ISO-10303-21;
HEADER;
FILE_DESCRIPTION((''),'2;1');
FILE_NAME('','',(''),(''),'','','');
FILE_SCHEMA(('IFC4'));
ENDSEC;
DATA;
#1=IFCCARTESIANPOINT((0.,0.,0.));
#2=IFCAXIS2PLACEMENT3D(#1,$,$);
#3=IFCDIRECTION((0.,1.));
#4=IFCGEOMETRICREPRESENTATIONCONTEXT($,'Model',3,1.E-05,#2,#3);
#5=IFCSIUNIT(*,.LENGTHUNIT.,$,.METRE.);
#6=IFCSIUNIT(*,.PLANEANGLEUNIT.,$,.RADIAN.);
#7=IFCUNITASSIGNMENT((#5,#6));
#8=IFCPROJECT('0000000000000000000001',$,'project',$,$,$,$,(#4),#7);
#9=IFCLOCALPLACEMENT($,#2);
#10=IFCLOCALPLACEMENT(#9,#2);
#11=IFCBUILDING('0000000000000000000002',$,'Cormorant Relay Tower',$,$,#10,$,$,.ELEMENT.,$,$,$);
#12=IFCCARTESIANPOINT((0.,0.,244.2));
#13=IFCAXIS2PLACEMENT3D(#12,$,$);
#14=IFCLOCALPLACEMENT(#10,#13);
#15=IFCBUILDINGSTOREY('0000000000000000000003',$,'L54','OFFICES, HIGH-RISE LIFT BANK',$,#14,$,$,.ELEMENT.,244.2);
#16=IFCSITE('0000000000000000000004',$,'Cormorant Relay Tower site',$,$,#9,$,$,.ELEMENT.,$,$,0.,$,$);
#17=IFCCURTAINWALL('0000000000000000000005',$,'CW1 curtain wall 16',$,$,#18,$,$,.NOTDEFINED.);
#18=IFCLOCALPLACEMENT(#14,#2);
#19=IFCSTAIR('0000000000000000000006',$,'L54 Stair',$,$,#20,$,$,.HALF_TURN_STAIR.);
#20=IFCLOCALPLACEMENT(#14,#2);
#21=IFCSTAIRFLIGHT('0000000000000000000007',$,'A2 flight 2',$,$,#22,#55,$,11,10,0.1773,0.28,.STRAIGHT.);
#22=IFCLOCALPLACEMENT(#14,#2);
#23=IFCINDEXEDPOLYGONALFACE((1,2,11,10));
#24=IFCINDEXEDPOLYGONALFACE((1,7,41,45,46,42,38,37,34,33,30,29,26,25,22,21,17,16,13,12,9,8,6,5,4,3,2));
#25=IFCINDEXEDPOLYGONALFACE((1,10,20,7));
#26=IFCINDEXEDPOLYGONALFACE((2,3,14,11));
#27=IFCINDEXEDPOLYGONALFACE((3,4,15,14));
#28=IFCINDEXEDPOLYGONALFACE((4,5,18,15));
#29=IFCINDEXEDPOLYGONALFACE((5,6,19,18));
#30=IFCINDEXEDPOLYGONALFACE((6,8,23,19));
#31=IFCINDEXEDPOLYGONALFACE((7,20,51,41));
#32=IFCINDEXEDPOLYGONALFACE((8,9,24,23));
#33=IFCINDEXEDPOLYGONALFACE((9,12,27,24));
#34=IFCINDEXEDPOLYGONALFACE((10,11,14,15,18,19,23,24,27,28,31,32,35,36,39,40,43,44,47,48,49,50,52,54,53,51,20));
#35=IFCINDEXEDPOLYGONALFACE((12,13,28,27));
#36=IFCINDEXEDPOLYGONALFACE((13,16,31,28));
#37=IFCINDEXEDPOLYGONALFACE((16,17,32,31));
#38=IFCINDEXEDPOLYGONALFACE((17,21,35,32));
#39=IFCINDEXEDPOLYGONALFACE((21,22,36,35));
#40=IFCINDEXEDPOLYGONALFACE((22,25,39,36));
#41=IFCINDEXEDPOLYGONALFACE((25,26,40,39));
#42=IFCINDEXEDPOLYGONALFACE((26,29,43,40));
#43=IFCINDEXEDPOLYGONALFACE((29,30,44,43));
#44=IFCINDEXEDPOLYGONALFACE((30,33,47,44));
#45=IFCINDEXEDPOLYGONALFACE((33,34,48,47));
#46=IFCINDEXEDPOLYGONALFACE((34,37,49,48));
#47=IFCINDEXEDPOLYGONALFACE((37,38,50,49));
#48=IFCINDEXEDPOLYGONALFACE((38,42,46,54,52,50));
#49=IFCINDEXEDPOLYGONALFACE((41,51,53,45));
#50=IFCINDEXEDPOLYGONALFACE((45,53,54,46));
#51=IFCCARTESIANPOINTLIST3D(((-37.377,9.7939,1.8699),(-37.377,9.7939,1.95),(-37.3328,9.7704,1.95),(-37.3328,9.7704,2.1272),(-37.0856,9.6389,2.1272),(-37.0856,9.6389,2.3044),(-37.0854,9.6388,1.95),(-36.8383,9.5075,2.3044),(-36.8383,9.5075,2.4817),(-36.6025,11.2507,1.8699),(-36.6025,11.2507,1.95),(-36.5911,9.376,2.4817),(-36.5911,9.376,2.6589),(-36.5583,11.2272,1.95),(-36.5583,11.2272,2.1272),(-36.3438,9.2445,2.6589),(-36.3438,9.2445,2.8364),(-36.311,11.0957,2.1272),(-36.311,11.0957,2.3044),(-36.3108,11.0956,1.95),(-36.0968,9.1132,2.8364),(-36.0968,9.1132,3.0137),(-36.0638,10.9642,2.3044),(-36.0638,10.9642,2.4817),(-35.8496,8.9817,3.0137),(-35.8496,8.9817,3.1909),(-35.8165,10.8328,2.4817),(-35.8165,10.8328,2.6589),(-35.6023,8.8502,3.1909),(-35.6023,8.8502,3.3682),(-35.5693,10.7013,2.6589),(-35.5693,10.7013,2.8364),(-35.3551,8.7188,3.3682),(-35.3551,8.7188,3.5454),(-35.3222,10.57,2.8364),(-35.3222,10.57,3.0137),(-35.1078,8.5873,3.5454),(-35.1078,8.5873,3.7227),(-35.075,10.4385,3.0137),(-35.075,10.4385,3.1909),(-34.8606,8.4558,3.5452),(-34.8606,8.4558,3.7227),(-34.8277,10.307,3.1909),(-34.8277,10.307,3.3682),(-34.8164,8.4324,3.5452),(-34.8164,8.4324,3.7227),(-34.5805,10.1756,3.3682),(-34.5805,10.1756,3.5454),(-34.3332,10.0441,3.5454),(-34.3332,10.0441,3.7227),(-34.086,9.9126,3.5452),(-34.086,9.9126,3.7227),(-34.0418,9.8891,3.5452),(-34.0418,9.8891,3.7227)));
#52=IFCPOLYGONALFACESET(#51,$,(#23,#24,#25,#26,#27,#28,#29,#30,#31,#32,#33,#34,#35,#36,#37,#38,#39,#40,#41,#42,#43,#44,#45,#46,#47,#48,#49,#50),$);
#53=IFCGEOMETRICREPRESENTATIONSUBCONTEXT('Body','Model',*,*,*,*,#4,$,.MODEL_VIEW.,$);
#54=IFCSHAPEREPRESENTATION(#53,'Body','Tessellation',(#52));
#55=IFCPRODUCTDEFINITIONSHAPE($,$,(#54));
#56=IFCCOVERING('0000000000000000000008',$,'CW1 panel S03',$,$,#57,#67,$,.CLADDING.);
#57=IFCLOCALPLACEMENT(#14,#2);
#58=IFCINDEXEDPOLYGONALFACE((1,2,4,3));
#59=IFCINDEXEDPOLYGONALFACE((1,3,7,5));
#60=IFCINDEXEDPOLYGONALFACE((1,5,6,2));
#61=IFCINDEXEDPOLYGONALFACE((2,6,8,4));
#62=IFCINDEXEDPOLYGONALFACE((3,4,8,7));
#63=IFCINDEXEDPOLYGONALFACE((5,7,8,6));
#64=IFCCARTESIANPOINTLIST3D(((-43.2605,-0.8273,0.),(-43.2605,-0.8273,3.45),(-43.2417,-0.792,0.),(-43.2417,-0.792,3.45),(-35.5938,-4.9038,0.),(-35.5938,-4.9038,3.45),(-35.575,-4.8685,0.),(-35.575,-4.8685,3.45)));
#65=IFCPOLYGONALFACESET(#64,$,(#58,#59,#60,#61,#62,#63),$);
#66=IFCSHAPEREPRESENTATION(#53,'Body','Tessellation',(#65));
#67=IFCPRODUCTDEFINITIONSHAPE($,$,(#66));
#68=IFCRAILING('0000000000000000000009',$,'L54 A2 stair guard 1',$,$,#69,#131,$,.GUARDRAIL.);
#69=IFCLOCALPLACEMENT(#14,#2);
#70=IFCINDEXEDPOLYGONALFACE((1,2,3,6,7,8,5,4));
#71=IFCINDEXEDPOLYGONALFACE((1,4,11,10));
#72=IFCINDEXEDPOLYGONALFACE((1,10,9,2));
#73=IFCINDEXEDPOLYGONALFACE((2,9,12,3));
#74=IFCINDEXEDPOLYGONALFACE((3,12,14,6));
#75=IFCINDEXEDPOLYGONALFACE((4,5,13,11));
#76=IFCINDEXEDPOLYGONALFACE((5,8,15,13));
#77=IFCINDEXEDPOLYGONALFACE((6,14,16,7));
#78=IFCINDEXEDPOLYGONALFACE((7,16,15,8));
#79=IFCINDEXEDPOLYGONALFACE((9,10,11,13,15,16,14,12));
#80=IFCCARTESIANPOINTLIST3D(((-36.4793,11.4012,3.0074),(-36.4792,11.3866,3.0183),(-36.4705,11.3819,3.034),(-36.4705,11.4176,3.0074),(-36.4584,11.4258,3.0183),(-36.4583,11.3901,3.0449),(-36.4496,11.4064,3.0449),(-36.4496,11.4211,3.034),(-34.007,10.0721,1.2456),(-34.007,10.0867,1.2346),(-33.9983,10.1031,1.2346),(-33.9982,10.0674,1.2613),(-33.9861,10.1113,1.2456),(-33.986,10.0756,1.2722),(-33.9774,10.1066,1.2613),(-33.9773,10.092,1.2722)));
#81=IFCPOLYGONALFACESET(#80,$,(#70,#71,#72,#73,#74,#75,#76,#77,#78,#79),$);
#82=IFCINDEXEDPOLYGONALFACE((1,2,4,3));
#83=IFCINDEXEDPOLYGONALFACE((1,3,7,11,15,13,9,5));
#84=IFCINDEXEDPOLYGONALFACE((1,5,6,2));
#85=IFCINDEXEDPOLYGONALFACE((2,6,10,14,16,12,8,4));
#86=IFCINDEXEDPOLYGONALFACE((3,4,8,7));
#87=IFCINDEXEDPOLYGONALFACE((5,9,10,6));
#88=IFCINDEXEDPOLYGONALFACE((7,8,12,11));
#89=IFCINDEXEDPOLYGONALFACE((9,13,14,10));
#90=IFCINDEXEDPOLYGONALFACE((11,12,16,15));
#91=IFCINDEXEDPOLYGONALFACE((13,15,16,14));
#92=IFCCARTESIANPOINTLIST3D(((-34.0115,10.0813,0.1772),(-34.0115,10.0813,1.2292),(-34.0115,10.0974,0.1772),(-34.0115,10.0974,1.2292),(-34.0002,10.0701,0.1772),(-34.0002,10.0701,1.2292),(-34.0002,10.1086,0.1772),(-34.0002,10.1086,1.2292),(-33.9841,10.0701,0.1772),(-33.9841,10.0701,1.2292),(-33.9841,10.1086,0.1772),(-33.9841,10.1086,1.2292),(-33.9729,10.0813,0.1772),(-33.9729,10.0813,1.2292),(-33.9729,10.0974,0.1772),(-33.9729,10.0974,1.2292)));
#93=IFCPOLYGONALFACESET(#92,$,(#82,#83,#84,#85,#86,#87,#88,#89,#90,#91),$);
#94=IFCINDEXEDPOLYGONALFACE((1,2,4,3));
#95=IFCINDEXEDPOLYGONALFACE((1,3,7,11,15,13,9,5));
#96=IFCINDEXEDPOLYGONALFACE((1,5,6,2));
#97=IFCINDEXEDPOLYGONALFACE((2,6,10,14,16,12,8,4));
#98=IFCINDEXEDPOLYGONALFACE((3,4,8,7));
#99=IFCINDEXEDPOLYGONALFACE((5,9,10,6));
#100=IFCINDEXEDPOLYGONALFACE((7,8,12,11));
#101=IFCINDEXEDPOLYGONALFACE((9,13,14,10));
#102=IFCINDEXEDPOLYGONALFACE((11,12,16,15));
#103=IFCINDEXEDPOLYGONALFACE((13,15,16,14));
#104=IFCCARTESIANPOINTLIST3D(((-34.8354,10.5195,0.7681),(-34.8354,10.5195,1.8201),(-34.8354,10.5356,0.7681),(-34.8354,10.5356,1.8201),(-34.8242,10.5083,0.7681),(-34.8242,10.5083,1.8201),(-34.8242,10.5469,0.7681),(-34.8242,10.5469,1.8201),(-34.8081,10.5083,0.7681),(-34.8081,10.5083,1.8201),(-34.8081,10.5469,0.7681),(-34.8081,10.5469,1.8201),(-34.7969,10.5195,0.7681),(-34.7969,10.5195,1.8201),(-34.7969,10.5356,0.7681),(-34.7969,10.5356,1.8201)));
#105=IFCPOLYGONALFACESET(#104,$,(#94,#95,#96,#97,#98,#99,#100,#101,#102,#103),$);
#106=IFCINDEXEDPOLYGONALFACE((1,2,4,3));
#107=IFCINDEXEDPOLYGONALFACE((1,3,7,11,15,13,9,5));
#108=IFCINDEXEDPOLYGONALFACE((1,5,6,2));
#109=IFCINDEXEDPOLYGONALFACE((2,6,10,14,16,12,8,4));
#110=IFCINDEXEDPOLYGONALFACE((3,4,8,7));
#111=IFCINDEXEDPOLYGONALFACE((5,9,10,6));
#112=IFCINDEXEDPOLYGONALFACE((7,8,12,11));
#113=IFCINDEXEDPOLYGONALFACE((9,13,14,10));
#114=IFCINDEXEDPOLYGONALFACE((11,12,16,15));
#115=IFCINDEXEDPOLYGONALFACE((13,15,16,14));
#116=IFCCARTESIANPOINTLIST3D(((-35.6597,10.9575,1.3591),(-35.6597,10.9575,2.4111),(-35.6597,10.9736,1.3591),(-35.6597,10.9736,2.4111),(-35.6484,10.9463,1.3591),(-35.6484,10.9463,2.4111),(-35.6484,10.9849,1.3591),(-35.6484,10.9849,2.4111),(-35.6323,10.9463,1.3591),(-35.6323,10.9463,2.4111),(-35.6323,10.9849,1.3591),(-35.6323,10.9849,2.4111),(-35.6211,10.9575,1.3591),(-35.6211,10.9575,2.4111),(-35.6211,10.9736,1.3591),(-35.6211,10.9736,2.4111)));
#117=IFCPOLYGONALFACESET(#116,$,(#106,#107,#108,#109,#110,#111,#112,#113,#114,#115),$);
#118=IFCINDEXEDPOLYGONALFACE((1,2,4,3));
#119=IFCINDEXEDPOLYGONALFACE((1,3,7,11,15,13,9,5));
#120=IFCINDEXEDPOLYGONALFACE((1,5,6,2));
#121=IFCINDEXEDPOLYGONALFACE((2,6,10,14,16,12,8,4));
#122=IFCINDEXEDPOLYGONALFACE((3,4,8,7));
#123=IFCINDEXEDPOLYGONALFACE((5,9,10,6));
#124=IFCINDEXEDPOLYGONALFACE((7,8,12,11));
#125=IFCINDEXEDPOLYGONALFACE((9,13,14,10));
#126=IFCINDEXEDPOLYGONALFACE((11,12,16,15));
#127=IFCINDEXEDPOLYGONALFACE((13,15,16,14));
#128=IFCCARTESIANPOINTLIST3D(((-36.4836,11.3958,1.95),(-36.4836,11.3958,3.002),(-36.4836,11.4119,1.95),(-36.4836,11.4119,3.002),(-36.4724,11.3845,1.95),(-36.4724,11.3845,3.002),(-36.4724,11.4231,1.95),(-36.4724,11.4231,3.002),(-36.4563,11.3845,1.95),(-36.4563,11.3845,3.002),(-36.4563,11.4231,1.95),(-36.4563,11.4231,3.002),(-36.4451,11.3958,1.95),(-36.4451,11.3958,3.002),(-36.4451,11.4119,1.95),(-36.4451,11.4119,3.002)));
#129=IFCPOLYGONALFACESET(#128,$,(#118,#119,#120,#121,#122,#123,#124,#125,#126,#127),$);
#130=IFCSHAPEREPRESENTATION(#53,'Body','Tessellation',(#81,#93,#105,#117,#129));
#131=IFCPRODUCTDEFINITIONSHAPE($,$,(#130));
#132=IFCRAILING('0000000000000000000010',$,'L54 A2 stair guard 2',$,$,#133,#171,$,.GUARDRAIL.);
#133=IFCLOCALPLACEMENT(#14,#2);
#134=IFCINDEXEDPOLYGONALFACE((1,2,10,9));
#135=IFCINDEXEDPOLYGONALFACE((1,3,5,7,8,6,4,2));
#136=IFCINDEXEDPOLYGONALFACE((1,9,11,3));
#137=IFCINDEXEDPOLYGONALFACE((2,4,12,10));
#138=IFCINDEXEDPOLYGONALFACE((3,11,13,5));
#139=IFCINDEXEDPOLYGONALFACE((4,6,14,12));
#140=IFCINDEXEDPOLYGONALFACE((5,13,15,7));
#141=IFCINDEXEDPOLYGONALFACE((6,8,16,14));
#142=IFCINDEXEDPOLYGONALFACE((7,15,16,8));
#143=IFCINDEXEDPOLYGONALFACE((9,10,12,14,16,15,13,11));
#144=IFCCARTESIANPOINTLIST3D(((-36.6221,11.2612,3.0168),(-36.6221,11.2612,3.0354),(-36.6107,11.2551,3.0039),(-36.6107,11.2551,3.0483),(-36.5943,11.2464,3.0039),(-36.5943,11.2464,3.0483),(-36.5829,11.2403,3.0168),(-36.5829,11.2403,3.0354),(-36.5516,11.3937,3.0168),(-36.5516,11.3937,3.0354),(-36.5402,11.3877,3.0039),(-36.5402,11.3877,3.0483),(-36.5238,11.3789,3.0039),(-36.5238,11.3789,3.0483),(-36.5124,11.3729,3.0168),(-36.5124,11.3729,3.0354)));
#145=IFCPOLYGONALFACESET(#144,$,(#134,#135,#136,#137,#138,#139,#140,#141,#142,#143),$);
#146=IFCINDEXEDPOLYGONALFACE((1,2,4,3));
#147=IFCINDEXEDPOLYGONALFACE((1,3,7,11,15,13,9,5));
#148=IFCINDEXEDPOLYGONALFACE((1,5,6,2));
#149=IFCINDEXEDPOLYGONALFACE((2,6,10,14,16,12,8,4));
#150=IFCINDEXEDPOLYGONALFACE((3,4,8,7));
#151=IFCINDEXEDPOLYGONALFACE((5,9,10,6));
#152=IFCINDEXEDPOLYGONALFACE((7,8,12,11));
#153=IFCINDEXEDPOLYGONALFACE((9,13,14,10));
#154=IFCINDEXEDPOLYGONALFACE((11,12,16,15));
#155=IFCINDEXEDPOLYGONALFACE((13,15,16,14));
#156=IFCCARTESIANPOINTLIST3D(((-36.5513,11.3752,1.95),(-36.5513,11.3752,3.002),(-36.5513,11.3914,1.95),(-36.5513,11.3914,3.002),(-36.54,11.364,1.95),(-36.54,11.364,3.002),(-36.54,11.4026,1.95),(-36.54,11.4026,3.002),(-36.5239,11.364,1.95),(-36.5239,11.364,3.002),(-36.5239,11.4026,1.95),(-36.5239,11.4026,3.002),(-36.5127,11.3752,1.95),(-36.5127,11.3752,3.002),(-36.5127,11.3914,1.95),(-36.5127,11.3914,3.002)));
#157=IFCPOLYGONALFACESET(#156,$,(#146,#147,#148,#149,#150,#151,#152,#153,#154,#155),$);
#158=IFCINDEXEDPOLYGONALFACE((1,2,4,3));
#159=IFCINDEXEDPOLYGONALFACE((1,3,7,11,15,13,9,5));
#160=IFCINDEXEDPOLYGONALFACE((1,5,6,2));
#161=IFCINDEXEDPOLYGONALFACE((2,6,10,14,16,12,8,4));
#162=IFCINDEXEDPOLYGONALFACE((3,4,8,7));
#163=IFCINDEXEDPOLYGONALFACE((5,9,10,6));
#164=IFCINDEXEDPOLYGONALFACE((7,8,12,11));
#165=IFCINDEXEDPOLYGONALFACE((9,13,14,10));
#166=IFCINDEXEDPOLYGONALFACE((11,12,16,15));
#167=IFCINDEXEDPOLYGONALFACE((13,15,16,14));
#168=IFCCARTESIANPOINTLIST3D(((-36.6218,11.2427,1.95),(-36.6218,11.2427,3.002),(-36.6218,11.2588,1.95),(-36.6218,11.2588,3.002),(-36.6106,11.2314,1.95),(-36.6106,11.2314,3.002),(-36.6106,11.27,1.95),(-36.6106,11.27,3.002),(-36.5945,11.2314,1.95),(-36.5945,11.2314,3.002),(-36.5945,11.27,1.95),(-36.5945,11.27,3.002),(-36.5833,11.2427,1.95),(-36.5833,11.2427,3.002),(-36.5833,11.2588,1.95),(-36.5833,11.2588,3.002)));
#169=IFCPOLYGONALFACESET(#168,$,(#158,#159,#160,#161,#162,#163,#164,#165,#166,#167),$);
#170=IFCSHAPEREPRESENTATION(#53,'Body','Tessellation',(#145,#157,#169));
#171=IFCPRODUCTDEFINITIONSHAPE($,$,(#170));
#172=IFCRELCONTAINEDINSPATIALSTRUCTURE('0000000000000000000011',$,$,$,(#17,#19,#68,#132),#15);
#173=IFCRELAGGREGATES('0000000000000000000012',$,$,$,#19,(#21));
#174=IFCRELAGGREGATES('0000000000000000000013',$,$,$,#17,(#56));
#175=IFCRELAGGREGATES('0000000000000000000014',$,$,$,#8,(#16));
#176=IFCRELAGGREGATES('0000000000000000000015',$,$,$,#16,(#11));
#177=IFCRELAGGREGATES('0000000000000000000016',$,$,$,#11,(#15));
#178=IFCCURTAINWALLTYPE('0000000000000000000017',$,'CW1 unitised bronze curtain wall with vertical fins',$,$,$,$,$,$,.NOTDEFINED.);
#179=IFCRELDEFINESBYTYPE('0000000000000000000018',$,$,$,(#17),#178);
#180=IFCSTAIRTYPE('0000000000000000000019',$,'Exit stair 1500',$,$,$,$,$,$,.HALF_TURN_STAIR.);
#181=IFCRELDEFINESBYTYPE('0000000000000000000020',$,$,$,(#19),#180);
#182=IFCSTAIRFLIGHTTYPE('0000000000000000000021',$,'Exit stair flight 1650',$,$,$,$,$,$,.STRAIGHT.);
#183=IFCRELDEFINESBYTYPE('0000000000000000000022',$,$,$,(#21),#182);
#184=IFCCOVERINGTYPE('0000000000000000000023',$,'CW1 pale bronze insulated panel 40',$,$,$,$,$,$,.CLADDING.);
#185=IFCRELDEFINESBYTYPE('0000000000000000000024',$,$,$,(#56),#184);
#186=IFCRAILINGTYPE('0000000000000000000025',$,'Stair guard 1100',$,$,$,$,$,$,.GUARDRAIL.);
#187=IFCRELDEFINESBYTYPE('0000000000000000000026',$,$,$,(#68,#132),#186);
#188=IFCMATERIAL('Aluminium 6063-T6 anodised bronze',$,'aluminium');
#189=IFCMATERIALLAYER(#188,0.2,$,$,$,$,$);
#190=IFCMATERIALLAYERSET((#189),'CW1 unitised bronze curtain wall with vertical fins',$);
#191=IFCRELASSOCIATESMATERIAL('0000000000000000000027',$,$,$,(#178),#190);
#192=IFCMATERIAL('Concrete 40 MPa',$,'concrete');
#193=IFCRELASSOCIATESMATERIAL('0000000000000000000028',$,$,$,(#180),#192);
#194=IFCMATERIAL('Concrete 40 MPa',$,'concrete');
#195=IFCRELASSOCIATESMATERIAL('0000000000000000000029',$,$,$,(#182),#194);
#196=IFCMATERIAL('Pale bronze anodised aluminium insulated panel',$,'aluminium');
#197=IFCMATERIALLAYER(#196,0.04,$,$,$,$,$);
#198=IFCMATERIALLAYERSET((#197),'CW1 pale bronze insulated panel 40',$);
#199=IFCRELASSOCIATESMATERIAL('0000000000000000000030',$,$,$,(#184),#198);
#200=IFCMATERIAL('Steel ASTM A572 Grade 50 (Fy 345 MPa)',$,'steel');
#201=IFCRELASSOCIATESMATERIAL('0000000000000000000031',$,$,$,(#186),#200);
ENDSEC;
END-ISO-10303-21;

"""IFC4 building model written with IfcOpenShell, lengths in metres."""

from ifc_helpers import new_model, si_unit, direction, frame, origin, origin_2d, place, context, subcontext, project, spatial, polyline, rectangle, outline, extrude, material, layer, layer_set, type_object, element, aggregate, save


model = new_model("IFC4")

# Units and contexts
model_context = context("Model", 3, precision=1e-05, world=origin(), true_north=direction((0.0, 1.0)))
body_context = subcontext(model_context, "Body", "Model", "MODEL_VIEW")
ifc_project = project(units=[si_unit("LENGTHUNIT", "METRE"), si_unit("PLANEANGLEUNIT", "RADIAN")], contexts=[model_context])

# Site, building, storey
site_placement = place(None, origin())
site = spatial("IfcSite", under=ifc_project, at=site_placement, Name="Cormorant Relay Tower site", CompositionType="ELEMENT", RefElevation=0.0)
building_placement = place(site_placement, origin())
building = spatial("IfcBuilding", under=site, at=building_placement, Name="Cormorant Relay Tower", CompositionType="ELEMENT")
storey_placement = place(building_placement, frame((0.0, 0.0, 244.2)))
storey = spatial("IfcBuildingStorey", under=building, at=storey_placement, Name="L54", Description="OFFICES, HIGH-RISE LIFT BANK", CompositionType="ELEMENT", Elevation=244.2)

# Curtain wall
ifc_material_1 = material(Name="Aluminium 6063-T6 anodised bronze", Category="aluminium")
ifc_layer_1 = layer(ifc_material_1, 0.2)
ifc_layer_set_1 = layer_set([ifc_layer_1], Name="CW1 unitised bronze curtain wall with vertical fins")
curtain_wall_type = type_object("IfcCurtainWallType", Name="CW1 unitised bronze curtain wall with vertical fins", PredefinedType="NOTDEFINED", material=ifc_layer_set_1)
curtain_wall_placement = place(storey_placement, origin())
curtain_wall = element("IfcCurtainWall", 1, at=curtain_wall_placement, inside=storey, type_object=curtain_wall_type, Name="CW1 curtain wall 16", PredefinedType="NOTDEFINED")

# Stair, stair flight
ifc_material_2 = material(Name="Concrete 40 MPa", Category="concrete")
stair_type = type_object("IfcStairType", Name="Exit stair 1500", PredefinedType="HALF_TURN_STAIR", material=ifc_material_2)
stair_placement = place(storey_placement, origin())
stair = element("IfcStair", 2, at=stair_placement, inside=storey, type_object=stair_type, Name="L54 Stair", PredefinedType="HALF_TURN_STAIR")
ifc_material_3 = material(Name="Concrete 40 MPa", Category="concrete")
stair_flight_type = type_object("IfcStairFlightType", Name="Exit stair flight 1650", PredefinedType="STRAIGHT", material=ifc_material_3)
stair_flight_1_placement = place(storey_placement, frame((-36.9456, 10.4988, 1.95), z_axis=(0.0, 0.0, 1.0), x_axis=(0.882948, -0.469472, 0.0)))
stair_flight_1 = element("IfcStairFlight", 3, at=stair_flight_1_placement, type_object=stair_flight_type, Name="A2 flight 2", NumberOfRisers=11, NumberOfTreads=10, PredefinedType="STRAIGHT", RiserHeight=0.1773, TreadLength=0.28, context=body_context, shape_type="SweptSolid", body=[
    extrude(outline(polyline([(-0.05, -0.0801), (-0.05, 0.0), (0.0, 0.0), (0.0, 0.1772), (0.28, 0.1772), (0.28, 0.3545), (0.5601, 0.3545), (0.5601, 0.5317), (0.8401, 0.5317), (0.8401, 0.709), (1.1201, 0.709), (1.1201, 0.8865), (1.3999, 0.8865), (1.3999, 1.0637), (1.6799, 1.0637), (1.6799, 1.241), (1.96, 1.241), (1.96, 1.4182), (2.24, 1.4182), (2.24, 1.5955), (2.52, 1.5955), (2.52, 1.7727), (2.8, 1.7727), (2.8501, 1.7727), (2.8501, 1.5952), (2.8, 1.5952), (0.2803, 0.0), (-0.05, -0.0801)])), frame((0.0, 0.825, 0.0), z_axis=(0.0, -1.0, 0.0), x_axis=(1.0, 0.0, 0.0)), (0.0, 0.0, 1.0), 1.6499),
])
aggregate(stair, [stair_flight_1])

# Covering
ifc_material_4 = material(Name="Pale bronze anodised aluminium insulated panel", Category="aluminium")
ifc_layer_2 = layer(ifc_material_4, 0.04)
ifc_layer_set_2 = layer_set([ifc_layer_2], Name="CW1 pale bronze insulated panel 40")
covering_type = type_object("IfcCoveringType", Name="CW1 pale bronze insulated panel 40", PredefinedType="CLADDING", material=ifc_layer_set_2)
covering_placement = place(storey_placement, frame((-39.4177, -2.8479, 0.0), z_axis=(0.0, 0.0, 1.0), x_axis=(0.882948, -0.469472, 0.0)))
covering = element("IfcCovering", 4, at=covering_placement, type_object=covering_type, Name="CW1 panel S03", PredefinedType="CLADDING", context=body_context, shape_type="SweptSolid", body=[
    extrude(rectangle(XDim=8.6831, YDim=0.04, at=origin_2d()), origin(), (0.0, 0.0, 1.0), 3.45),
])
aggregate(curtain_wall, [covering])

# Railings
ifc_material_5 = material(Name="Steel ASTM A572 Grade 50 (Fy 345 MPa)", Category="steel")
railing_type_1 = type_object("IfcRailingType", Name="Stair guard 1100", PredefinedType="GUARDRAIL", material=ifc_material_5)
railing_1_placement = place(storey_placement, frame((-33.9922, 10.0894, 0.1772)))
element("IfcRailing", 5, at=railing_1_placement, inside=storey, type_object=railing_type_1, Name="L54 A2 stair guard 1", PredefinedType="GUARDRAIL", context=body_context, shape_type="SweptSolid", body=[
    extrude(outline(polyline([(0.0222, 0.0093), (0.0093, 0.0222), (-0.0093, 0.0222), (-0.0222, 0.0093), (-0.0222, -0.0093), (-0.0093, -0.0222), (0.0093, -0.0222), (0.0222, -0.0093), (0.0222, 0.0093)])), frame((0.0, 0.0, 1.0762), z_axis=(-0.746001, 0.396649, 0.534931), x_axis=(-0.469465, -0.882951, 0.0)), (0.0, 0.0, 1.0), 3.314),
    extrude(outline(polyline([(0.0193, 0.0081), (0.0081, 0.0193), (-0.0081, 0.0193), (-0.0193, 0.0081), (-0.0193, -0.0081), (-0.0081, -0.0193), (0.0081, -0.0193), (0.0193, -0.0081), (0.0193, 0.0081)])), origin(), (0.0, 0.0, 1.0), 1.052),
    extrude(outline(polyline([(0.0193, 0.0081), (0.0081, 0.0193), (-0.0081, 0.0193), (-0.0193, 0.0081), (-0.0193, -0.0081), (-0.0081, -0.0193), (0.0081, -0.0193), (0.0193, -0.0081), (0.0193, 0.0081)])), frame((-0.824, 0.4382, 0.5908)), (0.0, 0.0, 1.0), 1.052),
    extrude(outline(polyline([(0.0193, 0.0081), (0.0081, 0.0193), (-0.0081, 0.0193), (-0.0193, 0.0081), (-0.0193, -0.0081), (-0.0081, -0.0193), (0.0081, -0.0193), (0.0193, -0.0081), (0.0193, 0.0081)])), frame((-1.6482, 0.8762, 1.1819)), (0.0, 0.0, 1.0), 1.052),
    extrude(outline(polyline([(0.0193, 0.0081), (0.0081, 0.0193), (-0.0081, 0.0193), (-0.0193, 0.0081), (-0.0193, -0.0081), (-0.0081, -0.0193), (0.0081, -0.0193), (0.0193, -0.0081), (0.0193, 0.0081)])), frame((-2.4722, 1.3145, 1.7727)), (0.0, 0.0, 1.0), 1.052),
])
railing_2_placement = place(storey_placement, frame((-36.532, 11.3833, 1.95)))
element("IfcRailing", 6, at=railing_2_placement, inside=storey, type_object=railing_type_1, Name="L54 A2 stair guard 2", PredefinedType="GUARDRAIL", context=body_context, shape_type="SweptSolid", body=[
    extrude(outline(polyline([(0.0222, 0.0093), (0.0093, 0.0222), (-0.0093, 0.0222), (-0.0222, 0.0093), (-0.0222, -0.0093), (-0.0093, -0.0222), (0.0093, -0.0222), (0.0222, -0.0093), (0.0222, 0.0093)])), frame((0.0, 0.0, 1.0762), z_axis=(-0.469829, -0.882758, 0.0), x_axis=(0.882758, -0.469829, 0.0)), (0.0, 0.0, 1.0), 0.1501),
    extrude(outline(polyline([(0.0193, 0.0081), (0.0081, 0.0193), (-0.0081, 0.0193), (-0.0193, 0.0081), (-0.0193, -0.0081), (-0.0081, -0.0193), (0.0081, -0.0193), (0.0193, -0.0081), (0.0193, 0.0081)])), origin(), (0.0, 0.0, 1.0), 1.052),
    extrude(outline(polyline([(0.0193, 0.0081), (0.0081, 0.0193), (-0.0081, 0.0193), (-0.0193, 0.0081), (-0.0193, -0.0081), (-0.0081, -0.0193), (0.0081, -0.0193), (0.0193, -0.0081), (0.0193, 0.0081)])), frame((-0.0706, -0.1326, 0.0)), (0.0, 0.0, 1.0), 1.052),
])

save(model, "model.ifc")
